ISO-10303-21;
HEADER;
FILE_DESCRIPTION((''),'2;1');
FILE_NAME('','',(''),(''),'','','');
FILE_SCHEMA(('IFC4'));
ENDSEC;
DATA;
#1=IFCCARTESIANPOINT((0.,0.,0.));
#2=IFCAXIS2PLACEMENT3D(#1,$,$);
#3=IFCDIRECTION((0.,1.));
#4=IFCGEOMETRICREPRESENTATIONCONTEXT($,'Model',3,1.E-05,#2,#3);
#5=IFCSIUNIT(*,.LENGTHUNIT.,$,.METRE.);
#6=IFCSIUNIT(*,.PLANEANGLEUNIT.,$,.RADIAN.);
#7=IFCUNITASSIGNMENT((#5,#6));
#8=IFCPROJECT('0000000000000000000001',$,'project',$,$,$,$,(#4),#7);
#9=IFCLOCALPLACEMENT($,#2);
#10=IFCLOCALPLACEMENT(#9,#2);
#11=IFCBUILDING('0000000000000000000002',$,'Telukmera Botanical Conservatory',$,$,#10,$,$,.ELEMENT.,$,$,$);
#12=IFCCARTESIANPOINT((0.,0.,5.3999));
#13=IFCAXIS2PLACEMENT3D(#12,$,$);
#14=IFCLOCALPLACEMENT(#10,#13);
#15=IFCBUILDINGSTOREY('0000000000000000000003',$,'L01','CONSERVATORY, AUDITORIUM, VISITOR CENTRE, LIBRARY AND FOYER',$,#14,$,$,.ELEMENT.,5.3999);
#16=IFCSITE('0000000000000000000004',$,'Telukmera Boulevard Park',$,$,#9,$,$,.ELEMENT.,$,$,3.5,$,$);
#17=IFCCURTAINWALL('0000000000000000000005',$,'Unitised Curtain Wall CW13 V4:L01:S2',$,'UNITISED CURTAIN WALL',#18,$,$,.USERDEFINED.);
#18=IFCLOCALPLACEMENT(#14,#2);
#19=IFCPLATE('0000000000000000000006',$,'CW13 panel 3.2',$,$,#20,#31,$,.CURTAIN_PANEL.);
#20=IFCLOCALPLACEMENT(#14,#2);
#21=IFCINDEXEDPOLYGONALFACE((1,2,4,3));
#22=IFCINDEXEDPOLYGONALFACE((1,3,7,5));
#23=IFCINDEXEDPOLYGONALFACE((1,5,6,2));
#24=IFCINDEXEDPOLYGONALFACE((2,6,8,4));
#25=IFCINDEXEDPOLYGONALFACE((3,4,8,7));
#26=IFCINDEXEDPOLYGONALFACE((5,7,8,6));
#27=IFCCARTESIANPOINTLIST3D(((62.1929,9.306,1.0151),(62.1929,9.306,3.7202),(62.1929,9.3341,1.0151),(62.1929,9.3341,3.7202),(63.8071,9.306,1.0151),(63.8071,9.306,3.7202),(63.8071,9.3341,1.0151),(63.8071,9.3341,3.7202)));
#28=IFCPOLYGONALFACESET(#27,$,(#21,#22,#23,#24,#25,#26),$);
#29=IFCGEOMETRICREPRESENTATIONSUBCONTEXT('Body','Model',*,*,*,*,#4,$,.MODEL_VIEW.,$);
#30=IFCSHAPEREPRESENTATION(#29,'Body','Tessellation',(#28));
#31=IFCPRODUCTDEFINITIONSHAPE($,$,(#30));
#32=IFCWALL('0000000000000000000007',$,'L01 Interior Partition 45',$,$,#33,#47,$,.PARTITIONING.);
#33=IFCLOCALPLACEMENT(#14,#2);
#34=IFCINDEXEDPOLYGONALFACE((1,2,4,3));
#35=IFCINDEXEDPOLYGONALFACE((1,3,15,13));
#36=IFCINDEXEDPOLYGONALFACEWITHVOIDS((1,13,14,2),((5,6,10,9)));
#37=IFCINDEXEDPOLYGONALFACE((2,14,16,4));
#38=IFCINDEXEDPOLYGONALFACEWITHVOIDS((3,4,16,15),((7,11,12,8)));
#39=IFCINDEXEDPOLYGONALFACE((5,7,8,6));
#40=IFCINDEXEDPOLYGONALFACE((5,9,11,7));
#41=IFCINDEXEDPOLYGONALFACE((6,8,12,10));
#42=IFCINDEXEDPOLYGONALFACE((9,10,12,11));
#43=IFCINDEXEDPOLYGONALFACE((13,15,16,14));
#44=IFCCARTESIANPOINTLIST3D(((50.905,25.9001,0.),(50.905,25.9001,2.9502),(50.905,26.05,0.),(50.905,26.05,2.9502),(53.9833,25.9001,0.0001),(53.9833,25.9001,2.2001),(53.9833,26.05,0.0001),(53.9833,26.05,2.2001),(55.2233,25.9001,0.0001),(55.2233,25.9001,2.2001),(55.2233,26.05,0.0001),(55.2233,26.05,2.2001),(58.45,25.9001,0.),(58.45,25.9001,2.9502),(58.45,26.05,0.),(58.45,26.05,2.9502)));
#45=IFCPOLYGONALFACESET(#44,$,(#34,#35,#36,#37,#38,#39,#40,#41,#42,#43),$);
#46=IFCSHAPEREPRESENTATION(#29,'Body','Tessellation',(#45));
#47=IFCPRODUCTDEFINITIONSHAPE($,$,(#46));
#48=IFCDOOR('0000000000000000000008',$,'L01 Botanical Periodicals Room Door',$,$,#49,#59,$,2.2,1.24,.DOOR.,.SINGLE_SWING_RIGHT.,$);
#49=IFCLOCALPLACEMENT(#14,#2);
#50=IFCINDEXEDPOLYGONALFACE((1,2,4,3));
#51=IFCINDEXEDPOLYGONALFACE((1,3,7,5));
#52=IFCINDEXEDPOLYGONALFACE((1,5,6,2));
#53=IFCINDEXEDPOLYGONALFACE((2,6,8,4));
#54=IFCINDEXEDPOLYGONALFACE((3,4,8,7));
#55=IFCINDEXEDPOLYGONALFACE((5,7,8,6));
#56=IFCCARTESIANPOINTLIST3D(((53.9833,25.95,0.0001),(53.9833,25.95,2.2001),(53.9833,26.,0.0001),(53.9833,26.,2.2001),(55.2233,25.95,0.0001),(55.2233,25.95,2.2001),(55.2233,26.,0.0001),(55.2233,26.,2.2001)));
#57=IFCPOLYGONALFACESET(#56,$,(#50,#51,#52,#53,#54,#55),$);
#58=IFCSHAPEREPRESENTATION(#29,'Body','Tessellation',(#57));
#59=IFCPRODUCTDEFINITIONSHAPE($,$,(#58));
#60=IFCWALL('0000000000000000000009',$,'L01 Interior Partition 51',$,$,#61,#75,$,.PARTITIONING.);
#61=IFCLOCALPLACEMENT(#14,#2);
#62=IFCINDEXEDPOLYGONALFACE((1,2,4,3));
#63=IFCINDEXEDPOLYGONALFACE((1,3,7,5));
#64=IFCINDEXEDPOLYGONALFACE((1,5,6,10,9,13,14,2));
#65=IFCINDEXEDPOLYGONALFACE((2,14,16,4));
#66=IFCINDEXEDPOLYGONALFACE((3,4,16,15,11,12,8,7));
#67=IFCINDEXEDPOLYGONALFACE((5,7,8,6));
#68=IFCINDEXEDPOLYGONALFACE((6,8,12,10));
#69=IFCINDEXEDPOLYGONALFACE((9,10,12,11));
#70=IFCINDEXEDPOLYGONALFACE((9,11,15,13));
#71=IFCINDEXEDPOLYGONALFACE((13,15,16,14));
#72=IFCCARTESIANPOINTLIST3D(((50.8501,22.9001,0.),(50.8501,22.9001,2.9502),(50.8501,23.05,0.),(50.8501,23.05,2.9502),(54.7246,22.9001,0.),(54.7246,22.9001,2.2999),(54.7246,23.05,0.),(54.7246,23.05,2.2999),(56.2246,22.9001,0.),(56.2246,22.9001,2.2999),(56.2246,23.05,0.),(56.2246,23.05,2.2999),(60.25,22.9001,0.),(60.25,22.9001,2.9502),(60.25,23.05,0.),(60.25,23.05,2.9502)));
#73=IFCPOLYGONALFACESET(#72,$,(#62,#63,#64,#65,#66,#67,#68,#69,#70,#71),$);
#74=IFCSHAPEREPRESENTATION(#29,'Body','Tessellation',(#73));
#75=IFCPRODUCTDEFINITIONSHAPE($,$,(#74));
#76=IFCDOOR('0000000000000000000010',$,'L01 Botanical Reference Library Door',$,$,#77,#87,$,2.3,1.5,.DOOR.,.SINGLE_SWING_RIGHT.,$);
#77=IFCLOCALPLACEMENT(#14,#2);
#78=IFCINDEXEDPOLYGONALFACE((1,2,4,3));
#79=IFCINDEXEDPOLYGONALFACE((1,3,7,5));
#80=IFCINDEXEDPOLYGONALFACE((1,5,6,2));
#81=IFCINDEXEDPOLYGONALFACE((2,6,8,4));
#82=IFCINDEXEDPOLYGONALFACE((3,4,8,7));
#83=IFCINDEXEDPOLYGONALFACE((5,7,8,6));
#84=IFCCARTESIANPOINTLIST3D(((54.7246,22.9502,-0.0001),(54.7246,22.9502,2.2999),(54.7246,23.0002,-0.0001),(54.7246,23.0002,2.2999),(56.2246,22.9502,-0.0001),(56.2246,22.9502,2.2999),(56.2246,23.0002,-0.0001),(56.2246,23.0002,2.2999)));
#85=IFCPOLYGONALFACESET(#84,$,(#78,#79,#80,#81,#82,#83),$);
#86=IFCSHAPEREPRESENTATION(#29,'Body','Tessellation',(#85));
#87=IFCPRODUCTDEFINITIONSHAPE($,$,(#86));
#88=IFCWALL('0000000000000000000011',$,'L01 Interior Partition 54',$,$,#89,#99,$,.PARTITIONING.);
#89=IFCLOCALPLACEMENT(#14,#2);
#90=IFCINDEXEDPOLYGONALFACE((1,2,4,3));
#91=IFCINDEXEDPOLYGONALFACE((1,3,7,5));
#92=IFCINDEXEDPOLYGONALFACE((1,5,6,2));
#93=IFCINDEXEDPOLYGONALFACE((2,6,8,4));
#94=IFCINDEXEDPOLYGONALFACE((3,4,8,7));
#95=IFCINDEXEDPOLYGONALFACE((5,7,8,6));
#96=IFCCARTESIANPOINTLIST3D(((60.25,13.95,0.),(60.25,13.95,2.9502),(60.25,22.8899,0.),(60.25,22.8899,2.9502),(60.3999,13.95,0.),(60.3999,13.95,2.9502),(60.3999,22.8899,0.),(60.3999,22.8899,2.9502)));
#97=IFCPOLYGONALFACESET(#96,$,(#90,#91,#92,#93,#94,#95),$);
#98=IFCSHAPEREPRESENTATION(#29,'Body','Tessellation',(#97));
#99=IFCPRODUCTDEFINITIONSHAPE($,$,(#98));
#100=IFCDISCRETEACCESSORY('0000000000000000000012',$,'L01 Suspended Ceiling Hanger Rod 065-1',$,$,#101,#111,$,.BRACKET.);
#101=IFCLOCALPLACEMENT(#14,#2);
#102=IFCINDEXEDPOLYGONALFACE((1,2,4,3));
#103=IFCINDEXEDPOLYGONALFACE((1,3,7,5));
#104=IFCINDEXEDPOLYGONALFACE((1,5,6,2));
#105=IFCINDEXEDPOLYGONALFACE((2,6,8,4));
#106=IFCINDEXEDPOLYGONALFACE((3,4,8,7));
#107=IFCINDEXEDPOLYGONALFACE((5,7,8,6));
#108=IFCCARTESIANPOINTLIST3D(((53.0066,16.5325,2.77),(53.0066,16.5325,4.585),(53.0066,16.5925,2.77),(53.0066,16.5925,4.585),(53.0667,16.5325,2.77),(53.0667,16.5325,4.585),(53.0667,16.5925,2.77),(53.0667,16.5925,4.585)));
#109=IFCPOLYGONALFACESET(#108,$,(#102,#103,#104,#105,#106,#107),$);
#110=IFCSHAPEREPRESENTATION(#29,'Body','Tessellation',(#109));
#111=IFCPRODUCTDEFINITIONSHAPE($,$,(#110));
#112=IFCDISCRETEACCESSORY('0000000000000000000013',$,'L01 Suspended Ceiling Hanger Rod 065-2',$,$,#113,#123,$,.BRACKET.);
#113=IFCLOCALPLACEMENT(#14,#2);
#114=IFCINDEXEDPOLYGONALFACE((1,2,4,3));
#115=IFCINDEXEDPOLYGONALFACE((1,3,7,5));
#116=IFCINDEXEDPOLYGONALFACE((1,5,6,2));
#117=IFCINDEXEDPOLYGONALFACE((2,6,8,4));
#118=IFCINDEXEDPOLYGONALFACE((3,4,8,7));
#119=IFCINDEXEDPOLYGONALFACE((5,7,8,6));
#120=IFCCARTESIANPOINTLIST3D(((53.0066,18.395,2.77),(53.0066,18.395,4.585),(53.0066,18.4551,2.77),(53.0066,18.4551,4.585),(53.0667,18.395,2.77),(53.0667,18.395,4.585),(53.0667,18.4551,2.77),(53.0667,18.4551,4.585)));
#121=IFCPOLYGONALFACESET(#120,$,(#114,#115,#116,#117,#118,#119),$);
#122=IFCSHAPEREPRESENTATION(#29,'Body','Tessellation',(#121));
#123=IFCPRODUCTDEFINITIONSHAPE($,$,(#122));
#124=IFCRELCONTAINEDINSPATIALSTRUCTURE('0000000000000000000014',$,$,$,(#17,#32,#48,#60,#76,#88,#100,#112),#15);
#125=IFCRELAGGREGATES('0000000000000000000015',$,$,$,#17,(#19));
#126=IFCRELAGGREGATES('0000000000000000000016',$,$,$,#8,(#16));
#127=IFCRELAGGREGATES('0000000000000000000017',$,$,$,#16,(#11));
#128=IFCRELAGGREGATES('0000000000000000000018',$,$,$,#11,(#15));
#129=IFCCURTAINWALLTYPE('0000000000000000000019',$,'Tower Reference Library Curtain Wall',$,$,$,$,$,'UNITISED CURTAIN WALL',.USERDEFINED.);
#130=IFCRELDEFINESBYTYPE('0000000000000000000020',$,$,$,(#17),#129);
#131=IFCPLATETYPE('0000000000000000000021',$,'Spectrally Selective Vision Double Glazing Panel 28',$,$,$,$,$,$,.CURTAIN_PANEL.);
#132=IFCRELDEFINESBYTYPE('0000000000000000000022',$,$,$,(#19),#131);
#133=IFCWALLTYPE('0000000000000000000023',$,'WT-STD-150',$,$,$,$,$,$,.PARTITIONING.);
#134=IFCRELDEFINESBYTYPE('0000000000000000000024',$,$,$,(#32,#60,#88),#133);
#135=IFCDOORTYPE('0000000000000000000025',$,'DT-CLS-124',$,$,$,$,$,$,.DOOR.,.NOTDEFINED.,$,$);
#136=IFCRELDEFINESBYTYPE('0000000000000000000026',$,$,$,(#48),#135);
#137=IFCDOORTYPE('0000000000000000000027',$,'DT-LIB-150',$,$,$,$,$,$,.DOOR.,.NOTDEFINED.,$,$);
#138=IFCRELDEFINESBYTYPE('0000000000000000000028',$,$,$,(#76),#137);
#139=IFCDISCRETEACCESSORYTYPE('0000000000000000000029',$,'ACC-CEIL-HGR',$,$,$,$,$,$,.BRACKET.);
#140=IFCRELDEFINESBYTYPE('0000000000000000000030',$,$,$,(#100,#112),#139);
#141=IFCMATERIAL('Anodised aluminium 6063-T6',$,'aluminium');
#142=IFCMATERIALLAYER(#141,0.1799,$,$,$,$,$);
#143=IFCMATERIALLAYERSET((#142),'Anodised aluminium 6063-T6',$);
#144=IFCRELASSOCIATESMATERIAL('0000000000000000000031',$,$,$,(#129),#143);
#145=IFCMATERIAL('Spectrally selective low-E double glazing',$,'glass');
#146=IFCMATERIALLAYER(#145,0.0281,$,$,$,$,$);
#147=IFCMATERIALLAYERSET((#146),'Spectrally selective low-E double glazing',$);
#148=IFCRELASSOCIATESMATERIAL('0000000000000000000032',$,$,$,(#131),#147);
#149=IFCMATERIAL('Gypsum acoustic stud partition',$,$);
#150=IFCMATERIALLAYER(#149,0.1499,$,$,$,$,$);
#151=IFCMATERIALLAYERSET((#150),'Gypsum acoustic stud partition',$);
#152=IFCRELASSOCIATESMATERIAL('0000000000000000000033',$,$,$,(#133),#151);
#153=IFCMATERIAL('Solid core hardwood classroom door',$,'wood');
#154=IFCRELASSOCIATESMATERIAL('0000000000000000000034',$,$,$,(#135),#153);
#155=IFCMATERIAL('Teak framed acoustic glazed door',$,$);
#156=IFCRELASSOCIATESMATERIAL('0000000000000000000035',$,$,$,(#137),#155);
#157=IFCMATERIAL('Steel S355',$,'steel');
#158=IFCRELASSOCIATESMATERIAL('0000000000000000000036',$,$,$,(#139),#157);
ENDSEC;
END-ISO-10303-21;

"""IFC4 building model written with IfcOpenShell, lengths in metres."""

from ifc_helpers import new_model, si_unit, direction, frame, frame_2d, origin, origin_2d, place, context, subcontext, project, spatial, rectangle, extrude, material, layer, layer_set, type_object, element, fill, aggregate, save


model = new_model("IFC4")

# Units and contexts
model_context = context("Model", 3, precision=1e-05, world=origin(), true_north=direction((0.0, 1.0)))
body_context = subcontext(model_context, "Body", "Model", "MODEL_VIEW")
ifc_project = project(units=[si_unit("LENGTHUNIT", "METRE"), si_unit("PLANEANGLEUNIT", "RADIAN")], contexts=[model_context])

# Site, building, storey
site_placement = place(None, origin())
site = spatial("IfcSite", under=ifc_project, at=site_placement, Name="Telukmera Boulevard Park", CompositionType="ELEMENT", RefElevation=3.5)
building_placement = place(site_placement, origin())
building = spatial("IfcBuilding", under=site, at=building_placement, Name="Telukmera Botanical Conservatory", CompositionType="ELEMENT")
storey_placement = place(building_placement, frame((0.0, 0.0, 5.3999)))
storey = spatial("IfcBuildingStorey", under=building, at=storey_placement, Name="L01", Description="CONSERVATORY, AUDITORIUM, VISITOR CENTRE, LIBRARY AND FOYER", CompositionType="ELEMENT", Elevation=5.3999)

# Curtain wall, plate
ifc_material_1 = material(Name="Anodised aluminium 6063-T6", Category="aluminium")
ifc_layer_1 = layer(ifc_material_1, 0.1799)
ifc_layer_set_1 = layer_set([ifc_layer_1], Name="Anodised aluminium 6063-T6")
curtain_wall_type = type_object("IfcCurtainWallType", Name="Tower Reference Library Curtain Wall", ElementType="UNITISED CURTAIN WALL", PredefinedType="USERDEFINED", material=ifc_layer_set_1)
curtain_wall_placement = place(storey_placement, origin())
curtain_wall = element("IfcCurtainWall", 1, at=curtain_wall_placement, inside=storey, type_object=curtain_wall_type, Name="Unitised Curtain Wall CW13 V4:L01:S2", ObjectType="UNITISED CURTAIN WALL", PredefinedType="USERDEFINED")
ifc_material_2 = material(Name="Spectrally selective low-E double glazing", Category="glass")
ifc_layer_2 = layer(ifc_material_2, 0.0281)
ifc_layer_set_2 = layer_set([ifc_layer_2], Name="Spectrally selective low-E double glazing")
plate_type = type_object("IfcPlateType", Name="Spectrally Selective Vision Double Glazing Panel 28", PredefinedType="CURTAIN_PANEL", material=ifc_layer_set_2)
plate_1_placement = place(storey_placement, frame((63.0, 9.3201, 1.0151), z_axis=(0.0, 0.0, 1.0), x_axis=(1.0, 0.0, 0.0)))
plate_1 = element("IfcPlate", 2, at=plate_1_placement, type_object=plate_type, Name="CW13 panel 3.2", PredefinedType="CURTAIN_PANEL", context=body_context, shape_type="SweptSolid", body=[
    extrude(rectangle(XDim=1.6143, YDim=0.0281, at=origin_2d()), origin(), (0.0, 0.0, 1.0), 2.7051),
])
aggregate(curtain_wall, [plate_1])

# Walls, openings, doors
ifc_material_3 = material(Name="Gypsum acoustic stud partition")
ifc_layer_3 = layer(ifc_material_3, 0.1499)
ifc_layer_set_3 = layer_set([ifc_layer_3], Name="Gypsum acoustic stud partition")
wall_type_1 = type_object("IfcWallType", Name="WT-STD-150", PredefinedType="PARTITIONING", material=ifc_layer_set_3)
wall_1_placement = place(storey_placement, frame((50.905, 25.9751, 0.0), z_axis=(0.0, 0.0, 1.0), x_axis=(1.0, 0.0, 0.0)))
wall_1 = element("IfcWall", 3, at=wall_1_placement, inside=storey, type_object=wall_type_1, Name="L01 Interior Partition 45", PredefinedType="PARTITIONING", context=body_context, shape_type="SweptSolid", body=[
    extrude(rectangle(XDim=7.5449, YDim=0.1499, at=frame_2d((3.7725, 0.0))), origin(), (0.0, 0.0, 1.0), 2.9502),
])
opening_1_placement = place(wall_1_placement, frame((3.0781, 0.0, 0.0)))
opening_1 = element("IfcOpeningElement", 4, at=opening_1_placement, cuts=wall_1, PredefinedType="OPENING", context=body_context, shape_type="SweptSolid", body=[
    extrude(rectangle(XDim=1.24, YDim=2.2, at=frame_2d((0.6201, 1.1001))), frame((0.0, 0.085, 0.0), z_axis=(0.0, -1.0, 0.0), x_axis=(1.0, 0.0, 0.0)), (0.0, 0.0, 1.0), 0.1699),
])
ifc_material_4 = material(Name="Solid core hardwood classroom door", Category="wood")
door_type_1 = type_object("IfcDoorType", Name="DT-CLS-124", OperationType="NOTDEFINED", PredefinedType="DOOR", material=ifc_material_4)
door_1_placement = place(opening_1_placement, origin())
door_1 = element("IfcDoor", 5, at=door_1_placement, inside=storey, type_object=door_type_1, Name="L01 Botanical Periodicals Room Door", OperationType="SINGLE_SWING_RIGHT", OverallHeight=2.2, OverallWidth=1.24, PredefinedType="DOOR", context=body_context, shape_type="SweptSolid", body=[
    extrude(rectangle(XDim=1.24, YDim=2.2, at=frame_2d((0.6201, 1.1001))), frame((0.0, 0.0249, 0.0), z_axis=(0.0, -1.0, 0.0), x_axis=(1.0, 0.0, 0.0)), (0.0, 0.0, 1.0), 0.05),
])
fill(opening_1, door_1)
wall_2_placement = place(storey_placement, frame((50.8501, 22.9751, 0.0), z_axis=(0.0, 0.0, 1.0), x_axis=(1.0, 0.0, 0.0)))
wall_2 = element("IfcWall", 6, at=wall_2_placement, inside=storey, type_object=wall_type_1, Name="L01 Interior Partition 51", PredefinedType="PARTITIONING", context=body_context, shape_type="SweptSolid", body=[
    extrude(rectangle(XDim=9.3999, YDim=0.1499, at=frame_2d((4.7, 0.0))), origin(), (0.0, 0.0, 1.0), 2.9502),
])
opening_2_placement = place(wall_2_placement, frame((3.8745, 0.0, 0.0)))
opening_2 = element("IfcOpeningElement", 7, at=opening_2_placement, cuts=wall_2, PredefinedType="OPENING", context=body_context, shape_type="SweptSolid", body=[
    extrude(rectangle(XDim=1.5, YDim=2.3, at=frame_2d((0.75, 1.1499))), frame((0.0, 0.085, 0.0), z_axis=(0.0, -1.0, 0.0), x_axis=(1.0, 0.0, 0.0)), (0.0, 0.0, 1.0), 0.1699),
])
ifc_material_5 = material(Name="Teak framed acoustic glazed door")
door_type_2 = type_object("IfcDoorType", Name="DT-LIB-150", OperationType="NOTDEFINED", PredefinedType="DOOR", material=ifc_material_5)
door_2_placement = place(opening_2_placement, frame((1.5, 0.0, 0.0), z_axis=(0.0, 0.0, 1.0), x_axis=(-1.0, 0.0, 0.0)))
door_2 = element("IfcDoor", 8, at=door_2_placement, inside=storey, type_object=door_type_2, Name="L01 Botanical Reference Library Door", OperationType="SINGLE_SWING_RIGHT", OverallHeight=2.3, OverallWidth=1.5, PredefinedType="DOOR", context=body_context, shape_type="SweptSolid", body=[
    extrude(rectangle(XDim=1.5, YDim=2.3, at=frame_2d((0.75, 1.1499))), frame((0.0, 0.0249, 0.0), z_axis=(0.0, -1.0, 0.0), x_axis=(1.0, 0.0, 0.0)), (0.0, 0.0, 1.0), 0.05),
])
fill(opening_2, door_2)

# Wall
wall_3_placement = place(storey_placement, frame((60.325, 13.95, 0.0), z_axis=(0.0, 0.0, 1.0), x_axis=(0.0, 1.0, 0.0)))
element("IfcWall", 9, at=wall_3_placement, inside=storey, type_object=wall_type_1, Name="L01 Interior Partition 54", PredefinedType="PARTITIONING", context=body_context, shape_type="SweptSolid", body=[
    extrude(rectangle(XDim=8.9399, YDim=0.1499, at=frame_2d((4.47, 0.0))), origin(), (0.0, 0.0, 1.0), 2.9502),
])

# Discrete accessories
ifc_material_6 = material(Name="Steel S355", Category="steel")
discrete_accessory_type = type_object("IfcDiscreteAccessoryType", Name="ACC-CEIL-HGR", PredefinedType="BRACKET", material=ifc_material_6)
for number, where, z_axis, x_axis, name in (
    (10, (53.0366, 16.5625, 2.77), (0.0, 0.0, 1.0), (1.0, 0.0, 0.0), "L01 Suspended Ceiling Hanger Rod 065-1"),
    (11, (53.0366, 18.425, 2.77), (0.0, 0.0, 1.0), (1.0, 0.0, 0.0), "L01 Suspended Ceiling Hanger Rod 065-2"),
):
    element("IfcDiscreteAccessory", number, at=place(storey_placement, frame(where, z_axis=z_axis, x_axis=x_axis)), inside=storey, type_object=discrete_accessory_type, Name=name, PredefinedType="BRACKET", context=body_context, shape_type="SweptSolid", body=[
        extrude(rectangle(XDim=0.0601, YDim=0.0601, at=origin_2d()), origin(), (0.0, 0.0, 1.0), 1.8149),
    ])

save(model, "model.ifc")
